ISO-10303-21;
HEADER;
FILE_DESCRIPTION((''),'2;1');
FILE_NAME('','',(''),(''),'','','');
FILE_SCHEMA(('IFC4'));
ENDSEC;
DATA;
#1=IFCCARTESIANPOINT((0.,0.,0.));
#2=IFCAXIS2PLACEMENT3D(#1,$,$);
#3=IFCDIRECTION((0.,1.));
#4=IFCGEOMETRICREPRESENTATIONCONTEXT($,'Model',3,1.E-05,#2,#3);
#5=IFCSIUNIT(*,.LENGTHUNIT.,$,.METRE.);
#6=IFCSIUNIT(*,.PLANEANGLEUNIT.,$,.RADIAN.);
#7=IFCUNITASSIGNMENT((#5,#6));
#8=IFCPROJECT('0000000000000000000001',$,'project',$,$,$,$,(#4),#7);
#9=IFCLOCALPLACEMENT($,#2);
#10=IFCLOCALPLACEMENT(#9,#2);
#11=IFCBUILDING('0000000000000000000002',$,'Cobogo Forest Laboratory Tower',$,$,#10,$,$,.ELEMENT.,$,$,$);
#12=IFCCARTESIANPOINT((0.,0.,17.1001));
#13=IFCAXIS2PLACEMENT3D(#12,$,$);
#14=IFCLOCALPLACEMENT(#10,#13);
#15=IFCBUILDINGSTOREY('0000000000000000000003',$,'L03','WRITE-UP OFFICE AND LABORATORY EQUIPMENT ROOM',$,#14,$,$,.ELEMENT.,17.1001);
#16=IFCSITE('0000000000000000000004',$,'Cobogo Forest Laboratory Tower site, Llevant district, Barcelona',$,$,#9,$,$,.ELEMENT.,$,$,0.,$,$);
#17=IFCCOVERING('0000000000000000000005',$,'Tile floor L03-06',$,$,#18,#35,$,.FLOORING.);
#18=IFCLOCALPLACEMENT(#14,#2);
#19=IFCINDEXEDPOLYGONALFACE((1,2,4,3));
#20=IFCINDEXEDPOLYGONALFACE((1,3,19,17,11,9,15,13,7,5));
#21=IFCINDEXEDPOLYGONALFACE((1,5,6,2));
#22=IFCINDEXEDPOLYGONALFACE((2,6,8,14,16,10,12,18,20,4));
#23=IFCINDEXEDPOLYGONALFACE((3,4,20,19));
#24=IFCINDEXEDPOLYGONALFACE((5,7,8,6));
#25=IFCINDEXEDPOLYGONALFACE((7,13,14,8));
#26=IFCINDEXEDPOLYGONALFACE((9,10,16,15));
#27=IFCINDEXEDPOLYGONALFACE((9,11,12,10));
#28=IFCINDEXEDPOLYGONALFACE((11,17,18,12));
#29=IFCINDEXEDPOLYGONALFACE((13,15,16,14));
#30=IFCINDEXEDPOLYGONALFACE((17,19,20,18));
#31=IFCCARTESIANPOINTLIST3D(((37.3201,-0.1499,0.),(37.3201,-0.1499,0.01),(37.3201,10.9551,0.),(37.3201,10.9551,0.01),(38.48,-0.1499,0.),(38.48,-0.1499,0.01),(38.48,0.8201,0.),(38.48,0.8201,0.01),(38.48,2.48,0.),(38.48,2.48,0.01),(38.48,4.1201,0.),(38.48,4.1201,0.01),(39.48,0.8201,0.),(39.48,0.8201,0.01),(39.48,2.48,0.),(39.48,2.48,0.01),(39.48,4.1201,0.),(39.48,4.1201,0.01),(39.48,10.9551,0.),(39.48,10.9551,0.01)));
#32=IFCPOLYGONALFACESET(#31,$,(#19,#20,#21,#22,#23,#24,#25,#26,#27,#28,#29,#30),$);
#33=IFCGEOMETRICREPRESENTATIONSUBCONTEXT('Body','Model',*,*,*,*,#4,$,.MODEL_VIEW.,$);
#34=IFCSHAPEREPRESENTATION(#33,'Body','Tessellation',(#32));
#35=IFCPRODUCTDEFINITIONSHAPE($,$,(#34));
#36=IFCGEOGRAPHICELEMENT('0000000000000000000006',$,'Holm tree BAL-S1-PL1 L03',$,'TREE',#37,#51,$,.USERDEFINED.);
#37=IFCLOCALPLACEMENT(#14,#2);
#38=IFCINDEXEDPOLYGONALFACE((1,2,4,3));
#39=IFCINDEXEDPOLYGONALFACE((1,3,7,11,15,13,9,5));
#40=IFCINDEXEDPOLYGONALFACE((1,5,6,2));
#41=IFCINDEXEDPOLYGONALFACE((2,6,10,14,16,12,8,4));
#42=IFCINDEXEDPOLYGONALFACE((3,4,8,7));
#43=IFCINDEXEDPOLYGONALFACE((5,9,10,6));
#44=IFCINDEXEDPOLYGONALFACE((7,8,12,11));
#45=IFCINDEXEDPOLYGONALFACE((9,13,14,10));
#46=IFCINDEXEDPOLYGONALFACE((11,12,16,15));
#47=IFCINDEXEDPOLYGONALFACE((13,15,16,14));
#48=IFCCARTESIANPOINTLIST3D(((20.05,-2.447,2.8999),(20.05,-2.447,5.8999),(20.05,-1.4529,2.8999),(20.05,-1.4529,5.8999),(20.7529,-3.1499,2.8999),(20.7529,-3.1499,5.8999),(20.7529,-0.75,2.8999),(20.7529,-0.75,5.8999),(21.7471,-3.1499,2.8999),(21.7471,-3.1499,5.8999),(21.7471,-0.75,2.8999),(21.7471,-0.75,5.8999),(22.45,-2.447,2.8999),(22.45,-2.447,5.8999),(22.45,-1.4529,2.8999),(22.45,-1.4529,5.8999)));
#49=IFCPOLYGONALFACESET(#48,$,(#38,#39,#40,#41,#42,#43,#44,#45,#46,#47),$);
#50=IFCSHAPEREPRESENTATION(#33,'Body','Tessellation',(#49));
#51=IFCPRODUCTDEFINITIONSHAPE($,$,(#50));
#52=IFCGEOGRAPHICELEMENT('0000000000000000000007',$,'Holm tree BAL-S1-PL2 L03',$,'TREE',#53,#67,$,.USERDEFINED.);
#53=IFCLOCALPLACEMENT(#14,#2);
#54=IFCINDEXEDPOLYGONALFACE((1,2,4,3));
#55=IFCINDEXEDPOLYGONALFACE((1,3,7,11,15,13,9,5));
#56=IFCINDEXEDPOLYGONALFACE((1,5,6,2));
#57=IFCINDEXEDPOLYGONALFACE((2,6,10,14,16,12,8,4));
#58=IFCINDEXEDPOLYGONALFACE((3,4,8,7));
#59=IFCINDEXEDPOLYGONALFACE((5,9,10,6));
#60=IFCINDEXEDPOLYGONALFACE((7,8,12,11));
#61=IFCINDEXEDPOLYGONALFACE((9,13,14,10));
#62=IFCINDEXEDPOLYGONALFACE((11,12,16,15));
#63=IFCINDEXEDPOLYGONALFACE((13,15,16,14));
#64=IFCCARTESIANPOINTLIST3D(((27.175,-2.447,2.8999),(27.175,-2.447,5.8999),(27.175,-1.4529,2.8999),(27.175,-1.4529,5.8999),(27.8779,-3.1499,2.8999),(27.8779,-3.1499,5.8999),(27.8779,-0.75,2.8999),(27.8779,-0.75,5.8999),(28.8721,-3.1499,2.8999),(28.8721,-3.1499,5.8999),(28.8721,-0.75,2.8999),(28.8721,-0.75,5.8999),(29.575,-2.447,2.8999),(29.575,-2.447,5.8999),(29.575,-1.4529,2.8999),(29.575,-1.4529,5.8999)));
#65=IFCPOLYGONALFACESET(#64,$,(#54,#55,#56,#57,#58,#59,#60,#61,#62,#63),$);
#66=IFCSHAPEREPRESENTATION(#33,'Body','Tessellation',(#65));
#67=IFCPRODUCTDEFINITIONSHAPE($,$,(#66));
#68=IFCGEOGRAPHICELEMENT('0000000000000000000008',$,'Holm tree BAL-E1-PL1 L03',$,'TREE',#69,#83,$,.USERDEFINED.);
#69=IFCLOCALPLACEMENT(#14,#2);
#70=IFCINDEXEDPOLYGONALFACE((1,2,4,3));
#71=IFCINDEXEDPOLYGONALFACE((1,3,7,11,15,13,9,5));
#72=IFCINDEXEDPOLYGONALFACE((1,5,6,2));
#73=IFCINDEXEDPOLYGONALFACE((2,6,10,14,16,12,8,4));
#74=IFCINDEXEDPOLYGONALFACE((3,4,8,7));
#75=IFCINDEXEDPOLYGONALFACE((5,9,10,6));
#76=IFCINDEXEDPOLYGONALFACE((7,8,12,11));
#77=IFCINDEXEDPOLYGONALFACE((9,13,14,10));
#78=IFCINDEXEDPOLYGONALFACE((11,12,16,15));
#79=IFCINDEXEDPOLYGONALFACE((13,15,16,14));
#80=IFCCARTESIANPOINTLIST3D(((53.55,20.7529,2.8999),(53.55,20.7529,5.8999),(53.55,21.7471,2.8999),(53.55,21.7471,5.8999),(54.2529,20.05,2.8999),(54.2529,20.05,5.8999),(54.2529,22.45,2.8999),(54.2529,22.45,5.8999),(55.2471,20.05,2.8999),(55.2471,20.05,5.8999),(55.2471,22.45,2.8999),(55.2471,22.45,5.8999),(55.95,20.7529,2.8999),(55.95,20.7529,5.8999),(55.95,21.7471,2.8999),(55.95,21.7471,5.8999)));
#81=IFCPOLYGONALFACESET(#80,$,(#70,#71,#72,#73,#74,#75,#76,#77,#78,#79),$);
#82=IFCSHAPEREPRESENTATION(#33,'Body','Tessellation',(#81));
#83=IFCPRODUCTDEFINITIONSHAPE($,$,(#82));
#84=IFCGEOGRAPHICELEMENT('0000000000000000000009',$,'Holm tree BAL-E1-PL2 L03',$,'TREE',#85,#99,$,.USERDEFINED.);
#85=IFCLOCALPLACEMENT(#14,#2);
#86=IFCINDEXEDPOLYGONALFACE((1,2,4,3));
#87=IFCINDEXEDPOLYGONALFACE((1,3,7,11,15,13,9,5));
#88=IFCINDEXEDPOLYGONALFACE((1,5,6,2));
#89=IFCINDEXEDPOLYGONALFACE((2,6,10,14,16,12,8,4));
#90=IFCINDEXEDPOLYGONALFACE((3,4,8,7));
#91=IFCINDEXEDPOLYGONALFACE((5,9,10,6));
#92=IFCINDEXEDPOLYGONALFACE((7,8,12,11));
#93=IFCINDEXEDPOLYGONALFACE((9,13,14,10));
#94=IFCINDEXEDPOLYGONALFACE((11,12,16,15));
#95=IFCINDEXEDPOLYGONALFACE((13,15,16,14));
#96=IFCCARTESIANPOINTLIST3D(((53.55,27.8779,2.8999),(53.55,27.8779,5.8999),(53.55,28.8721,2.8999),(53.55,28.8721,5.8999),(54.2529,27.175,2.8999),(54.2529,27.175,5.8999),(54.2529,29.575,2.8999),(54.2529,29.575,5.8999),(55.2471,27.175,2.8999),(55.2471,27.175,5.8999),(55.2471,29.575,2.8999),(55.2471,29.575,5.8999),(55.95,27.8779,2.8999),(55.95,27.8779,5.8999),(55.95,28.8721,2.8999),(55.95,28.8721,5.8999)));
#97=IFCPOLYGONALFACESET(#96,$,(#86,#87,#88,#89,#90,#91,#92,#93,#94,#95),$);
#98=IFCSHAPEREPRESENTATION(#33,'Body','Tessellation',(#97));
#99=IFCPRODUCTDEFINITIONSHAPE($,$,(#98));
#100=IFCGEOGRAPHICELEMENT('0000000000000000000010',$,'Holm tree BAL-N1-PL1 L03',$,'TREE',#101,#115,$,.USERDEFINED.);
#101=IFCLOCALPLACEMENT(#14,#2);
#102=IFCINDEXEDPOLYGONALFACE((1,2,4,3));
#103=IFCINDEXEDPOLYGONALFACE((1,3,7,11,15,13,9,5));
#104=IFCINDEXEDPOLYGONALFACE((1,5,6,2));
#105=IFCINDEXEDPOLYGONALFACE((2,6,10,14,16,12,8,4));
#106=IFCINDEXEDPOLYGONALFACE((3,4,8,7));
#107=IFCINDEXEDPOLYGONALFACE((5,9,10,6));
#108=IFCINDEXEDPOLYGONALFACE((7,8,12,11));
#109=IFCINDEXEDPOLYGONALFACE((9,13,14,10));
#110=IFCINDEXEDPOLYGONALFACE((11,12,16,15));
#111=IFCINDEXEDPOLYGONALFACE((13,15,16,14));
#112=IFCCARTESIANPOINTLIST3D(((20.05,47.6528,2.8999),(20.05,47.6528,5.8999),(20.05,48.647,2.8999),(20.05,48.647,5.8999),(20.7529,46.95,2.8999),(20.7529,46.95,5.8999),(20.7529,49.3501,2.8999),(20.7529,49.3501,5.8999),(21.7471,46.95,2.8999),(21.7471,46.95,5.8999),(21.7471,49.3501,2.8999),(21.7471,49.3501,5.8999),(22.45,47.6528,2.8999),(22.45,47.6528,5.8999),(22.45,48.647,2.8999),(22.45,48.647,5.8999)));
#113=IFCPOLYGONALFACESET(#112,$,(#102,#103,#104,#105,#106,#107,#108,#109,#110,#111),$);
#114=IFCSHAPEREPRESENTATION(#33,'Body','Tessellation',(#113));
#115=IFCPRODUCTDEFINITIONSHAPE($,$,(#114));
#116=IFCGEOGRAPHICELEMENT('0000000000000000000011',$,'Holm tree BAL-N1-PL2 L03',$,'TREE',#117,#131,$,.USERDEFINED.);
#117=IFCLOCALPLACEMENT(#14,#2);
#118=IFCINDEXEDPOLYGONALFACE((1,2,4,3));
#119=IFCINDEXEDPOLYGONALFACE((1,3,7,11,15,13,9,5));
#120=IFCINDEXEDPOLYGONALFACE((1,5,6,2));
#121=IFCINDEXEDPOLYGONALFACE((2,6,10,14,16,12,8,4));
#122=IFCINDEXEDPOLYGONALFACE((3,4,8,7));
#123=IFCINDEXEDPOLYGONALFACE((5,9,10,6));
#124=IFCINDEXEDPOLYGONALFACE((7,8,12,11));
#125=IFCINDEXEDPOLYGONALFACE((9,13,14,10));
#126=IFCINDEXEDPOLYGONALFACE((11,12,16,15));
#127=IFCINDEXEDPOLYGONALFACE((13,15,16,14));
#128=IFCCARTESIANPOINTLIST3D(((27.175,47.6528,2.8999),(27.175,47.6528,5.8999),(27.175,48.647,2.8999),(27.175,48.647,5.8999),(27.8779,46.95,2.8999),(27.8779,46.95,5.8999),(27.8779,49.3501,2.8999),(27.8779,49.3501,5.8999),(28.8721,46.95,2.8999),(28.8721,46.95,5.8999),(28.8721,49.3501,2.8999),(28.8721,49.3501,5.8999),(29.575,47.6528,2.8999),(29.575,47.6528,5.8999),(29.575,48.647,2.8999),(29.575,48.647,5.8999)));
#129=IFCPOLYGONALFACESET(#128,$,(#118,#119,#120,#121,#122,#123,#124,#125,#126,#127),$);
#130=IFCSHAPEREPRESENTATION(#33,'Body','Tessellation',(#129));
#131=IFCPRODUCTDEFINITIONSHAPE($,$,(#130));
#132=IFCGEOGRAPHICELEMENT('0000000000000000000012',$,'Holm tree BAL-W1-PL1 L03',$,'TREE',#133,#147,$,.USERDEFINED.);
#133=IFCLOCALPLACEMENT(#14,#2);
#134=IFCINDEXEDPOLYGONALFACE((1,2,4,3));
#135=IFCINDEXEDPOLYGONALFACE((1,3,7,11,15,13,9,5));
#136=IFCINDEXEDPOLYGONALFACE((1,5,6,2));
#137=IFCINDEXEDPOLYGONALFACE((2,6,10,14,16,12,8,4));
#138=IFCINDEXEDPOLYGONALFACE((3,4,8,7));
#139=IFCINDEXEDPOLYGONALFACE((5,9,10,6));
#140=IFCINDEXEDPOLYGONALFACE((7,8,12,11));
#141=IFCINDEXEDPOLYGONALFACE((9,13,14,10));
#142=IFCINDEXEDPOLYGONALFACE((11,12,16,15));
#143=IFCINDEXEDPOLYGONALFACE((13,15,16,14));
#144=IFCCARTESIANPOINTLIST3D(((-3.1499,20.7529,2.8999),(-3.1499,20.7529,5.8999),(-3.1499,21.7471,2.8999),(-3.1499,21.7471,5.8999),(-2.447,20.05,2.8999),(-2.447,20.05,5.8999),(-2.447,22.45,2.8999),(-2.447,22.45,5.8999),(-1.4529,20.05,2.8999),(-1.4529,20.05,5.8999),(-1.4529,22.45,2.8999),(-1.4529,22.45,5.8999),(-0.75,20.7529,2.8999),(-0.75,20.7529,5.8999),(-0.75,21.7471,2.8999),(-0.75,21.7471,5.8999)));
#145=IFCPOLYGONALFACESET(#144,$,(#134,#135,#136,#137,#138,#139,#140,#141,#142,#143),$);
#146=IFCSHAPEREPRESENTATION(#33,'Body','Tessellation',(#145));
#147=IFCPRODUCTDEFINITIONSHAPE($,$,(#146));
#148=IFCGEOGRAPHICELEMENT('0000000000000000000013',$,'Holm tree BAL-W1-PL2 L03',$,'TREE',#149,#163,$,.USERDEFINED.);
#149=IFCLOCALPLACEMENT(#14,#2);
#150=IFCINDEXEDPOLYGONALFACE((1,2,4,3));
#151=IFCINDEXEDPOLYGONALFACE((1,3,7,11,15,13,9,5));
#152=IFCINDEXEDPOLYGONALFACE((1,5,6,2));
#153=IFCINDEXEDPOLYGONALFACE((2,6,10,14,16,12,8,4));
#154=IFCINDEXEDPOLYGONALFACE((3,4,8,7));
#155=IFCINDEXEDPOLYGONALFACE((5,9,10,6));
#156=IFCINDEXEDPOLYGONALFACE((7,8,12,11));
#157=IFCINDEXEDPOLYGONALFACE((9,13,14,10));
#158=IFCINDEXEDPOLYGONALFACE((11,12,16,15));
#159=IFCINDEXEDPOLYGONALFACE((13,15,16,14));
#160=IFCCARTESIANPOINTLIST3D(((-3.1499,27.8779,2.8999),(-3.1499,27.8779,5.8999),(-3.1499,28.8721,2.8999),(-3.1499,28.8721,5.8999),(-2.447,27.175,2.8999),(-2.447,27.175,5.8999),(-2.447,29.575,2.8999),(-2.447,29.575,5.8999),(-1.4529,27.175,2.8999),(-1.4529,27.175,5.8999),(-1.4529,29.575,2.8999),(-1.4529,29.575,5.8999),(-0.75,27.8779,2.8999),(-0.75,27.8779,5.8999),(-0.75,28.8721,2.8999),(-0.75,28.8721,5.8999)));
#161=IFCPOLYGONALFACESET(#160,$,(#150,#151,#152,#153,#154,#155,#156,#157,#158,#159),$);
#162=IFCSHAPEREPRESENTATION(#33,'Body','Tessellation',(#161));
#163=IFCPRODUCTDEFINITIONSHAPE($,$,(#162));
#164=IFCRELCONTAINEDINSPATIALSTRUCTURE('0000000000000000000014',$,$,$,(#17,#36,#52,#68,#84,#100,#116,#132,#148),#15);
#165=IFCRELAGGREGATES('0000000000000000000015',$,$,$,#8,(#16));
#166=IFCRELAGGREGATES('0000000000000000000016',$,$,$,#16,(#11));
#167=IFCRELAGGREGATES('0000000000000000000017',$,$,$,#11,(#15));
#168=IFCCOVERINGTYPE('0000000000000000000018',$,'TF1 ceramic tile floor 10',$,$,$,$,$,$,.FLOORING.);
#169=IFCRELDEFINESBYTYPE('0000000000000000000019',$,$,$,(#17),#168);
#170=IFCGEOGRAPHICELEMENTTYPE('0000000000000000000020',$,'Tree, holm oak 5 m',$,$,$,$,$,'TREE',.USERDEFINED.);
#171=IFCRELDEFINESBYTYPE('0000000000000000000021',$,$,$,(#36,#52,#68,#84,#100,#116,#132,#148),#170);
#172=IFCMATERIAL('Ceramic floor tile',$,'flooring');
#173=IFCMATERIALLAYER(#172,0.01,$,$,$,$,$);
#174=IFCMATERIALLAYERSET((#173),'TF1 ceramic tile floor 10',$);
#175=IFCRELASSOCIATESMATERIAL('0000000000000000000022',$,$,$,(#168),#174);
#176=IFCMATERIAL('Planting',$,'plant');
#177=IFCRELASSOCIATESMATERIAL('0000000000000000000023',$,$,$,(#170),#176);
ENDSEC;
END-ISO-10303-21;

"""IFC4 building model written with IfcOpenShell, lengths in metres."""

from ifc_helpers import new_model, si_unit, direction, frame, origin, place, context, subcontext, project, spatial, polyline, outline, extrude, material, layer, layer_set, type_object, element, save


model = new_model("IFC4")

# Units and contexts
model_context = context("Model", 3, precision=1e-05, world=origin(), true_north=direction((0.0, 1.0)))
body_context = subcontext(model_context, "Body", "Model", "MODEL_VIEW")
ifc_project = project(units=[si_unit("LENGTHUNIT", "METRE"), si_unit("PLANEANGLEUNIT", "RADIAN")], contexts=[model_context])

# Site, building, storey
site_placement = place(None, origin())
site = spatial("IfcSite", under=ifc_project, at=site_placement, Name="Cobogo Forest Laboratory Tower site, Llevant district, Barcelona", CompositionType="ELEMENT", RefElevation=0.0)
building_placement = place(site_placement, origin())
building = spatial("IfcBuilding", under=site, at=building_placement, Name="Cobogo Forest Laboratory Tower", CompositionType="ELEMENT")
storey_placement = place(building_placement, frame((0.0, 0.0, 17.1001)))
storey = spatial("IfcBuildingStorey", under=building, at=storey_placement, Name="L03", Description="WRITE-UP OFFICE AND LABORATORY EQUIPMENT ROOM", CompositionType="ELEMENT", Elevation=17.1001)

# Covering
ifc_material_1 = material(Name="Ceramic floor tile", Category="flooring")
ifc_layer_1 = layer(ifc_material_1, 0.01)
ifc_layer_set_1 = layer_set([ifc_layer_1], Name="TF1 ceramic tile floor 10")
covering_type_1 = type_object("IfcCoveringType", Name="TF1 ceramic tile floor 10", PredefinedType="FLOORING", material=ifc_layer_set_1)
covering_1_placement = place(storey_placement, origin())
element("IfcCovering", 1, at=covering_1_placement, inside=storey, type_object=covering_type_1, Name="Tile floor L03-06", PredefinedType="FLOORING", context=body_context, shape_type="SweptSolid", body=[
    extrude(outline(polyline([(39.48, 10.9551), (39.48, 4.1201), (38.48, 4.1201), (38.48, 2.48), (39.48, 2.48), (39.48, 0.8201), (38.48, 0.8201), (38.48, -0.1499), (37.3201, -0.1499), (37.3201, 10.9551), (39.48, 10.9551)])), origin(), (0.0, 0.0, 1.0), 0.01),
])

# Geographic elements
ifc_material_2 = material(Name="Planting", Category="plant")
geographic_element_type = type_object("IfcGeographicElementType", Name="Tree, holm oak 5 m", ElementType="TREE", PredefinedType="USERDEFINED", material=ifc_material_2)
geographic_element_1_placement = place(storey_placement, frame((0.0, 0.0, 2.8999)))
element("IfcGeographicElement", 2, at=geographic_element_1_placement, inside=storey, type_object=geographic_element_type, Name="Holm tree BAL-S1-PL1 L03", ObjectType="TREE", PredefinedType="USERDEFINED", context=body_context, shape_type="SweptSolid", body=[
    extrude(outline(polyline([(22.45, -2.447), (22.45, -1.4529), (21.7471, -0.75), (20.7529, -0.75), (20.05, -1.4529), (20.05, -2.447), (20.7529, -3.1499), (21.7471, -3.1499), (22.45, -2.447)])), origin(), (0.0, 0.0, 1.0), 3.0),
])
geographic_element_2_placement = place(storey_placement, frame((0.0, 0.0, 2.8999)))
element("IfcGeographicElement", 3, at=geographic_element_2_placement, inside=storey, type_object=geographic_element_type, Name="Holm tree BAL-S1-PL2 L03", ObjectType="TREE", PredefinedType="USERDEFINED", context=body_context, shape_type="SweptSolid", body=[
    extrude(outline(polyline([(29.575, -2.447), (29.575, -1.4529), (28.8721, -0.75), (27.8779, -0.75), (27.175, -1.4529), (27.175, -2.447), (27.8779, -3.1499), (28.8721, -3.1499), (29.575, -2.447)])), origin(), (0.0, 0.0, 1.0), 3.0),
])
geographic_element_3_placement = place(storey_placement, frame((0.0, 0.0, 2.8999)))
element("IfcGeographicElement", 4, at=geographic_element_3_placement, inside=storey, type_object=geographic_element_type, Name="Holm tree BAL-E1-PL1 L03", ObjectType="TREE", PredefinedType="USERDEFINED", context=body_context, shape_type="SweptSolid", body=[
    extrude(outline(polyline([(55.95, 20.7529), (55.95, 21.7471), (55.2471, 22.45), (54.2529, 22.45), (53.55, 21.7471), (53.55, 20.7529), (54.2529, 20.05), (55.2471, 20.05), (55.95, 20.7529)])), origin(), (0.0, 0.0, 1.0), 3.0),
])
geographic_element_4_placement = place(storey_placement, frame((0.0, 0.0, 2.8999)))
element("IfcGeographicElement", 5, at=geographic_element_4_placement, inside=storey, type_object=geographic_element_type, Name="Holm tree BAL-E1-PL2 L03", ObjectType="TREE", PredefinedType="USERDEFINED", context=body_context, shape_type="SweptSolid", body=[
    extrude(outline(polyline([(55.95, 27.8779), (55.95, 28.8721), (55.2471, 29.575), (54.2529, 29.575), (53.55, 28.8721), (53.55, 27.8779), (54.2529, 27.175), (55.2471, 27.175), (55.95, 27.8779)])), origin(), (0.0, 0.0, 1.0), 3.0),
])
geographic_element_5_placement = place(storey_placement, frame((0.0, 0.0, 2.8999)))
element("IfcGeographicElement", 6, at=geographic_element_5_placement, inside=storey, type_object=geographic_element_type, Name="Holm tree BAL-N1-PL1 L03", ObjectType="TREE", PredefinedType="USERDEFINED", context=body_context, shape_type="SweptSolid", body=[
    extrude(outline(polyline([(22.45, 47.6528), (22.45, 48.647), (21.7471, 49.3501), (20.7529, 49.3501), (20.05, 48.647), (20.05, 47.6528), (20.7529, 46.95), (21.7471, 46.95), (22.45, 47.6528)])), origin(), (0.0, 0.0, 1.0), 3.0),
])
geographic_element_6_placement = place(storey_placement, frame((0.0, 0.0, 2.8999)))
element("IfcGeographicElement", 7, at=geographic_element_6_placement, inside=storey, type_object=geographic_element_type, Name="Holm tree BAL-N1-PL2 L03", ObjectType="TREE", PredefinedType="USERDEFINED", context=body_context, shape_type="SweptSolid", body=[
    extrude(outline(polyline([(29.575, 47.6528), (29.575, 48.647), (28.8721, 49.3501), (27.8779, 49.3501), (27.175, 48.647), (27.175, 47.6528), (27.8779, 46.95), (28.8721, 46.95), (29.575, 47.6528)])), origin(), (0.0, 0.0, 1.0), 3.0),
])
geographic_element_7_placement = place(storey_placement, frame((0.0, 0.0, 2.8999)))
element("IfcGeographicElement", 8, at=geographic_element_7_placement, inside=storey, type_object=geographic_element_type, Name="Holm tree BAL-W1-PL1 L03", ObjectType="TREE", PredefinedType="USERDEFINED", context=body_context, shape_type="SweptSolid", body=[
    extrude(outline(polyline([(-0.75, 20.7529), (-0.75, 21.7471), (-1.4529, 22.45), (-2.447, 22.45), (-3.1499, 21.7471), (-3.1499, 20.7529), (-2.447, 20.05), (-1.4529, 20.05), (-0.75, 20.7529)])), origin(), (0.0, 0.0, 1.0), 3.0),
])
geographic_element_8_placement = place(storey_placement, frame((0.0, 0.0, 2.8999)))
element("IfcGeographicElement", 9, at=geographic_element_8_placement, inside=storey, type_object=geographic_element_type, Name="Holm tree BAL-W1-PL2 L03", ObjectType="TREE", PredefinedType="USERDEFINED", context=body_context, shape_type="SweptSolid", body=[
    extrude(outline(polyline([(-0.75, 27.8779), (-0.75, 28.8721), (-1.4529, 29.575), (-2.447, 29.575), (-3.1499, 28.8721), (-3.1499, 27.8779), (-2.447, 27.175), (-1.4529, 27.175), (-0.75, 27.8779)])), origin(), (0.0, 0.0, 1.0), 3.0),
])

save(model, "model.ifc")
